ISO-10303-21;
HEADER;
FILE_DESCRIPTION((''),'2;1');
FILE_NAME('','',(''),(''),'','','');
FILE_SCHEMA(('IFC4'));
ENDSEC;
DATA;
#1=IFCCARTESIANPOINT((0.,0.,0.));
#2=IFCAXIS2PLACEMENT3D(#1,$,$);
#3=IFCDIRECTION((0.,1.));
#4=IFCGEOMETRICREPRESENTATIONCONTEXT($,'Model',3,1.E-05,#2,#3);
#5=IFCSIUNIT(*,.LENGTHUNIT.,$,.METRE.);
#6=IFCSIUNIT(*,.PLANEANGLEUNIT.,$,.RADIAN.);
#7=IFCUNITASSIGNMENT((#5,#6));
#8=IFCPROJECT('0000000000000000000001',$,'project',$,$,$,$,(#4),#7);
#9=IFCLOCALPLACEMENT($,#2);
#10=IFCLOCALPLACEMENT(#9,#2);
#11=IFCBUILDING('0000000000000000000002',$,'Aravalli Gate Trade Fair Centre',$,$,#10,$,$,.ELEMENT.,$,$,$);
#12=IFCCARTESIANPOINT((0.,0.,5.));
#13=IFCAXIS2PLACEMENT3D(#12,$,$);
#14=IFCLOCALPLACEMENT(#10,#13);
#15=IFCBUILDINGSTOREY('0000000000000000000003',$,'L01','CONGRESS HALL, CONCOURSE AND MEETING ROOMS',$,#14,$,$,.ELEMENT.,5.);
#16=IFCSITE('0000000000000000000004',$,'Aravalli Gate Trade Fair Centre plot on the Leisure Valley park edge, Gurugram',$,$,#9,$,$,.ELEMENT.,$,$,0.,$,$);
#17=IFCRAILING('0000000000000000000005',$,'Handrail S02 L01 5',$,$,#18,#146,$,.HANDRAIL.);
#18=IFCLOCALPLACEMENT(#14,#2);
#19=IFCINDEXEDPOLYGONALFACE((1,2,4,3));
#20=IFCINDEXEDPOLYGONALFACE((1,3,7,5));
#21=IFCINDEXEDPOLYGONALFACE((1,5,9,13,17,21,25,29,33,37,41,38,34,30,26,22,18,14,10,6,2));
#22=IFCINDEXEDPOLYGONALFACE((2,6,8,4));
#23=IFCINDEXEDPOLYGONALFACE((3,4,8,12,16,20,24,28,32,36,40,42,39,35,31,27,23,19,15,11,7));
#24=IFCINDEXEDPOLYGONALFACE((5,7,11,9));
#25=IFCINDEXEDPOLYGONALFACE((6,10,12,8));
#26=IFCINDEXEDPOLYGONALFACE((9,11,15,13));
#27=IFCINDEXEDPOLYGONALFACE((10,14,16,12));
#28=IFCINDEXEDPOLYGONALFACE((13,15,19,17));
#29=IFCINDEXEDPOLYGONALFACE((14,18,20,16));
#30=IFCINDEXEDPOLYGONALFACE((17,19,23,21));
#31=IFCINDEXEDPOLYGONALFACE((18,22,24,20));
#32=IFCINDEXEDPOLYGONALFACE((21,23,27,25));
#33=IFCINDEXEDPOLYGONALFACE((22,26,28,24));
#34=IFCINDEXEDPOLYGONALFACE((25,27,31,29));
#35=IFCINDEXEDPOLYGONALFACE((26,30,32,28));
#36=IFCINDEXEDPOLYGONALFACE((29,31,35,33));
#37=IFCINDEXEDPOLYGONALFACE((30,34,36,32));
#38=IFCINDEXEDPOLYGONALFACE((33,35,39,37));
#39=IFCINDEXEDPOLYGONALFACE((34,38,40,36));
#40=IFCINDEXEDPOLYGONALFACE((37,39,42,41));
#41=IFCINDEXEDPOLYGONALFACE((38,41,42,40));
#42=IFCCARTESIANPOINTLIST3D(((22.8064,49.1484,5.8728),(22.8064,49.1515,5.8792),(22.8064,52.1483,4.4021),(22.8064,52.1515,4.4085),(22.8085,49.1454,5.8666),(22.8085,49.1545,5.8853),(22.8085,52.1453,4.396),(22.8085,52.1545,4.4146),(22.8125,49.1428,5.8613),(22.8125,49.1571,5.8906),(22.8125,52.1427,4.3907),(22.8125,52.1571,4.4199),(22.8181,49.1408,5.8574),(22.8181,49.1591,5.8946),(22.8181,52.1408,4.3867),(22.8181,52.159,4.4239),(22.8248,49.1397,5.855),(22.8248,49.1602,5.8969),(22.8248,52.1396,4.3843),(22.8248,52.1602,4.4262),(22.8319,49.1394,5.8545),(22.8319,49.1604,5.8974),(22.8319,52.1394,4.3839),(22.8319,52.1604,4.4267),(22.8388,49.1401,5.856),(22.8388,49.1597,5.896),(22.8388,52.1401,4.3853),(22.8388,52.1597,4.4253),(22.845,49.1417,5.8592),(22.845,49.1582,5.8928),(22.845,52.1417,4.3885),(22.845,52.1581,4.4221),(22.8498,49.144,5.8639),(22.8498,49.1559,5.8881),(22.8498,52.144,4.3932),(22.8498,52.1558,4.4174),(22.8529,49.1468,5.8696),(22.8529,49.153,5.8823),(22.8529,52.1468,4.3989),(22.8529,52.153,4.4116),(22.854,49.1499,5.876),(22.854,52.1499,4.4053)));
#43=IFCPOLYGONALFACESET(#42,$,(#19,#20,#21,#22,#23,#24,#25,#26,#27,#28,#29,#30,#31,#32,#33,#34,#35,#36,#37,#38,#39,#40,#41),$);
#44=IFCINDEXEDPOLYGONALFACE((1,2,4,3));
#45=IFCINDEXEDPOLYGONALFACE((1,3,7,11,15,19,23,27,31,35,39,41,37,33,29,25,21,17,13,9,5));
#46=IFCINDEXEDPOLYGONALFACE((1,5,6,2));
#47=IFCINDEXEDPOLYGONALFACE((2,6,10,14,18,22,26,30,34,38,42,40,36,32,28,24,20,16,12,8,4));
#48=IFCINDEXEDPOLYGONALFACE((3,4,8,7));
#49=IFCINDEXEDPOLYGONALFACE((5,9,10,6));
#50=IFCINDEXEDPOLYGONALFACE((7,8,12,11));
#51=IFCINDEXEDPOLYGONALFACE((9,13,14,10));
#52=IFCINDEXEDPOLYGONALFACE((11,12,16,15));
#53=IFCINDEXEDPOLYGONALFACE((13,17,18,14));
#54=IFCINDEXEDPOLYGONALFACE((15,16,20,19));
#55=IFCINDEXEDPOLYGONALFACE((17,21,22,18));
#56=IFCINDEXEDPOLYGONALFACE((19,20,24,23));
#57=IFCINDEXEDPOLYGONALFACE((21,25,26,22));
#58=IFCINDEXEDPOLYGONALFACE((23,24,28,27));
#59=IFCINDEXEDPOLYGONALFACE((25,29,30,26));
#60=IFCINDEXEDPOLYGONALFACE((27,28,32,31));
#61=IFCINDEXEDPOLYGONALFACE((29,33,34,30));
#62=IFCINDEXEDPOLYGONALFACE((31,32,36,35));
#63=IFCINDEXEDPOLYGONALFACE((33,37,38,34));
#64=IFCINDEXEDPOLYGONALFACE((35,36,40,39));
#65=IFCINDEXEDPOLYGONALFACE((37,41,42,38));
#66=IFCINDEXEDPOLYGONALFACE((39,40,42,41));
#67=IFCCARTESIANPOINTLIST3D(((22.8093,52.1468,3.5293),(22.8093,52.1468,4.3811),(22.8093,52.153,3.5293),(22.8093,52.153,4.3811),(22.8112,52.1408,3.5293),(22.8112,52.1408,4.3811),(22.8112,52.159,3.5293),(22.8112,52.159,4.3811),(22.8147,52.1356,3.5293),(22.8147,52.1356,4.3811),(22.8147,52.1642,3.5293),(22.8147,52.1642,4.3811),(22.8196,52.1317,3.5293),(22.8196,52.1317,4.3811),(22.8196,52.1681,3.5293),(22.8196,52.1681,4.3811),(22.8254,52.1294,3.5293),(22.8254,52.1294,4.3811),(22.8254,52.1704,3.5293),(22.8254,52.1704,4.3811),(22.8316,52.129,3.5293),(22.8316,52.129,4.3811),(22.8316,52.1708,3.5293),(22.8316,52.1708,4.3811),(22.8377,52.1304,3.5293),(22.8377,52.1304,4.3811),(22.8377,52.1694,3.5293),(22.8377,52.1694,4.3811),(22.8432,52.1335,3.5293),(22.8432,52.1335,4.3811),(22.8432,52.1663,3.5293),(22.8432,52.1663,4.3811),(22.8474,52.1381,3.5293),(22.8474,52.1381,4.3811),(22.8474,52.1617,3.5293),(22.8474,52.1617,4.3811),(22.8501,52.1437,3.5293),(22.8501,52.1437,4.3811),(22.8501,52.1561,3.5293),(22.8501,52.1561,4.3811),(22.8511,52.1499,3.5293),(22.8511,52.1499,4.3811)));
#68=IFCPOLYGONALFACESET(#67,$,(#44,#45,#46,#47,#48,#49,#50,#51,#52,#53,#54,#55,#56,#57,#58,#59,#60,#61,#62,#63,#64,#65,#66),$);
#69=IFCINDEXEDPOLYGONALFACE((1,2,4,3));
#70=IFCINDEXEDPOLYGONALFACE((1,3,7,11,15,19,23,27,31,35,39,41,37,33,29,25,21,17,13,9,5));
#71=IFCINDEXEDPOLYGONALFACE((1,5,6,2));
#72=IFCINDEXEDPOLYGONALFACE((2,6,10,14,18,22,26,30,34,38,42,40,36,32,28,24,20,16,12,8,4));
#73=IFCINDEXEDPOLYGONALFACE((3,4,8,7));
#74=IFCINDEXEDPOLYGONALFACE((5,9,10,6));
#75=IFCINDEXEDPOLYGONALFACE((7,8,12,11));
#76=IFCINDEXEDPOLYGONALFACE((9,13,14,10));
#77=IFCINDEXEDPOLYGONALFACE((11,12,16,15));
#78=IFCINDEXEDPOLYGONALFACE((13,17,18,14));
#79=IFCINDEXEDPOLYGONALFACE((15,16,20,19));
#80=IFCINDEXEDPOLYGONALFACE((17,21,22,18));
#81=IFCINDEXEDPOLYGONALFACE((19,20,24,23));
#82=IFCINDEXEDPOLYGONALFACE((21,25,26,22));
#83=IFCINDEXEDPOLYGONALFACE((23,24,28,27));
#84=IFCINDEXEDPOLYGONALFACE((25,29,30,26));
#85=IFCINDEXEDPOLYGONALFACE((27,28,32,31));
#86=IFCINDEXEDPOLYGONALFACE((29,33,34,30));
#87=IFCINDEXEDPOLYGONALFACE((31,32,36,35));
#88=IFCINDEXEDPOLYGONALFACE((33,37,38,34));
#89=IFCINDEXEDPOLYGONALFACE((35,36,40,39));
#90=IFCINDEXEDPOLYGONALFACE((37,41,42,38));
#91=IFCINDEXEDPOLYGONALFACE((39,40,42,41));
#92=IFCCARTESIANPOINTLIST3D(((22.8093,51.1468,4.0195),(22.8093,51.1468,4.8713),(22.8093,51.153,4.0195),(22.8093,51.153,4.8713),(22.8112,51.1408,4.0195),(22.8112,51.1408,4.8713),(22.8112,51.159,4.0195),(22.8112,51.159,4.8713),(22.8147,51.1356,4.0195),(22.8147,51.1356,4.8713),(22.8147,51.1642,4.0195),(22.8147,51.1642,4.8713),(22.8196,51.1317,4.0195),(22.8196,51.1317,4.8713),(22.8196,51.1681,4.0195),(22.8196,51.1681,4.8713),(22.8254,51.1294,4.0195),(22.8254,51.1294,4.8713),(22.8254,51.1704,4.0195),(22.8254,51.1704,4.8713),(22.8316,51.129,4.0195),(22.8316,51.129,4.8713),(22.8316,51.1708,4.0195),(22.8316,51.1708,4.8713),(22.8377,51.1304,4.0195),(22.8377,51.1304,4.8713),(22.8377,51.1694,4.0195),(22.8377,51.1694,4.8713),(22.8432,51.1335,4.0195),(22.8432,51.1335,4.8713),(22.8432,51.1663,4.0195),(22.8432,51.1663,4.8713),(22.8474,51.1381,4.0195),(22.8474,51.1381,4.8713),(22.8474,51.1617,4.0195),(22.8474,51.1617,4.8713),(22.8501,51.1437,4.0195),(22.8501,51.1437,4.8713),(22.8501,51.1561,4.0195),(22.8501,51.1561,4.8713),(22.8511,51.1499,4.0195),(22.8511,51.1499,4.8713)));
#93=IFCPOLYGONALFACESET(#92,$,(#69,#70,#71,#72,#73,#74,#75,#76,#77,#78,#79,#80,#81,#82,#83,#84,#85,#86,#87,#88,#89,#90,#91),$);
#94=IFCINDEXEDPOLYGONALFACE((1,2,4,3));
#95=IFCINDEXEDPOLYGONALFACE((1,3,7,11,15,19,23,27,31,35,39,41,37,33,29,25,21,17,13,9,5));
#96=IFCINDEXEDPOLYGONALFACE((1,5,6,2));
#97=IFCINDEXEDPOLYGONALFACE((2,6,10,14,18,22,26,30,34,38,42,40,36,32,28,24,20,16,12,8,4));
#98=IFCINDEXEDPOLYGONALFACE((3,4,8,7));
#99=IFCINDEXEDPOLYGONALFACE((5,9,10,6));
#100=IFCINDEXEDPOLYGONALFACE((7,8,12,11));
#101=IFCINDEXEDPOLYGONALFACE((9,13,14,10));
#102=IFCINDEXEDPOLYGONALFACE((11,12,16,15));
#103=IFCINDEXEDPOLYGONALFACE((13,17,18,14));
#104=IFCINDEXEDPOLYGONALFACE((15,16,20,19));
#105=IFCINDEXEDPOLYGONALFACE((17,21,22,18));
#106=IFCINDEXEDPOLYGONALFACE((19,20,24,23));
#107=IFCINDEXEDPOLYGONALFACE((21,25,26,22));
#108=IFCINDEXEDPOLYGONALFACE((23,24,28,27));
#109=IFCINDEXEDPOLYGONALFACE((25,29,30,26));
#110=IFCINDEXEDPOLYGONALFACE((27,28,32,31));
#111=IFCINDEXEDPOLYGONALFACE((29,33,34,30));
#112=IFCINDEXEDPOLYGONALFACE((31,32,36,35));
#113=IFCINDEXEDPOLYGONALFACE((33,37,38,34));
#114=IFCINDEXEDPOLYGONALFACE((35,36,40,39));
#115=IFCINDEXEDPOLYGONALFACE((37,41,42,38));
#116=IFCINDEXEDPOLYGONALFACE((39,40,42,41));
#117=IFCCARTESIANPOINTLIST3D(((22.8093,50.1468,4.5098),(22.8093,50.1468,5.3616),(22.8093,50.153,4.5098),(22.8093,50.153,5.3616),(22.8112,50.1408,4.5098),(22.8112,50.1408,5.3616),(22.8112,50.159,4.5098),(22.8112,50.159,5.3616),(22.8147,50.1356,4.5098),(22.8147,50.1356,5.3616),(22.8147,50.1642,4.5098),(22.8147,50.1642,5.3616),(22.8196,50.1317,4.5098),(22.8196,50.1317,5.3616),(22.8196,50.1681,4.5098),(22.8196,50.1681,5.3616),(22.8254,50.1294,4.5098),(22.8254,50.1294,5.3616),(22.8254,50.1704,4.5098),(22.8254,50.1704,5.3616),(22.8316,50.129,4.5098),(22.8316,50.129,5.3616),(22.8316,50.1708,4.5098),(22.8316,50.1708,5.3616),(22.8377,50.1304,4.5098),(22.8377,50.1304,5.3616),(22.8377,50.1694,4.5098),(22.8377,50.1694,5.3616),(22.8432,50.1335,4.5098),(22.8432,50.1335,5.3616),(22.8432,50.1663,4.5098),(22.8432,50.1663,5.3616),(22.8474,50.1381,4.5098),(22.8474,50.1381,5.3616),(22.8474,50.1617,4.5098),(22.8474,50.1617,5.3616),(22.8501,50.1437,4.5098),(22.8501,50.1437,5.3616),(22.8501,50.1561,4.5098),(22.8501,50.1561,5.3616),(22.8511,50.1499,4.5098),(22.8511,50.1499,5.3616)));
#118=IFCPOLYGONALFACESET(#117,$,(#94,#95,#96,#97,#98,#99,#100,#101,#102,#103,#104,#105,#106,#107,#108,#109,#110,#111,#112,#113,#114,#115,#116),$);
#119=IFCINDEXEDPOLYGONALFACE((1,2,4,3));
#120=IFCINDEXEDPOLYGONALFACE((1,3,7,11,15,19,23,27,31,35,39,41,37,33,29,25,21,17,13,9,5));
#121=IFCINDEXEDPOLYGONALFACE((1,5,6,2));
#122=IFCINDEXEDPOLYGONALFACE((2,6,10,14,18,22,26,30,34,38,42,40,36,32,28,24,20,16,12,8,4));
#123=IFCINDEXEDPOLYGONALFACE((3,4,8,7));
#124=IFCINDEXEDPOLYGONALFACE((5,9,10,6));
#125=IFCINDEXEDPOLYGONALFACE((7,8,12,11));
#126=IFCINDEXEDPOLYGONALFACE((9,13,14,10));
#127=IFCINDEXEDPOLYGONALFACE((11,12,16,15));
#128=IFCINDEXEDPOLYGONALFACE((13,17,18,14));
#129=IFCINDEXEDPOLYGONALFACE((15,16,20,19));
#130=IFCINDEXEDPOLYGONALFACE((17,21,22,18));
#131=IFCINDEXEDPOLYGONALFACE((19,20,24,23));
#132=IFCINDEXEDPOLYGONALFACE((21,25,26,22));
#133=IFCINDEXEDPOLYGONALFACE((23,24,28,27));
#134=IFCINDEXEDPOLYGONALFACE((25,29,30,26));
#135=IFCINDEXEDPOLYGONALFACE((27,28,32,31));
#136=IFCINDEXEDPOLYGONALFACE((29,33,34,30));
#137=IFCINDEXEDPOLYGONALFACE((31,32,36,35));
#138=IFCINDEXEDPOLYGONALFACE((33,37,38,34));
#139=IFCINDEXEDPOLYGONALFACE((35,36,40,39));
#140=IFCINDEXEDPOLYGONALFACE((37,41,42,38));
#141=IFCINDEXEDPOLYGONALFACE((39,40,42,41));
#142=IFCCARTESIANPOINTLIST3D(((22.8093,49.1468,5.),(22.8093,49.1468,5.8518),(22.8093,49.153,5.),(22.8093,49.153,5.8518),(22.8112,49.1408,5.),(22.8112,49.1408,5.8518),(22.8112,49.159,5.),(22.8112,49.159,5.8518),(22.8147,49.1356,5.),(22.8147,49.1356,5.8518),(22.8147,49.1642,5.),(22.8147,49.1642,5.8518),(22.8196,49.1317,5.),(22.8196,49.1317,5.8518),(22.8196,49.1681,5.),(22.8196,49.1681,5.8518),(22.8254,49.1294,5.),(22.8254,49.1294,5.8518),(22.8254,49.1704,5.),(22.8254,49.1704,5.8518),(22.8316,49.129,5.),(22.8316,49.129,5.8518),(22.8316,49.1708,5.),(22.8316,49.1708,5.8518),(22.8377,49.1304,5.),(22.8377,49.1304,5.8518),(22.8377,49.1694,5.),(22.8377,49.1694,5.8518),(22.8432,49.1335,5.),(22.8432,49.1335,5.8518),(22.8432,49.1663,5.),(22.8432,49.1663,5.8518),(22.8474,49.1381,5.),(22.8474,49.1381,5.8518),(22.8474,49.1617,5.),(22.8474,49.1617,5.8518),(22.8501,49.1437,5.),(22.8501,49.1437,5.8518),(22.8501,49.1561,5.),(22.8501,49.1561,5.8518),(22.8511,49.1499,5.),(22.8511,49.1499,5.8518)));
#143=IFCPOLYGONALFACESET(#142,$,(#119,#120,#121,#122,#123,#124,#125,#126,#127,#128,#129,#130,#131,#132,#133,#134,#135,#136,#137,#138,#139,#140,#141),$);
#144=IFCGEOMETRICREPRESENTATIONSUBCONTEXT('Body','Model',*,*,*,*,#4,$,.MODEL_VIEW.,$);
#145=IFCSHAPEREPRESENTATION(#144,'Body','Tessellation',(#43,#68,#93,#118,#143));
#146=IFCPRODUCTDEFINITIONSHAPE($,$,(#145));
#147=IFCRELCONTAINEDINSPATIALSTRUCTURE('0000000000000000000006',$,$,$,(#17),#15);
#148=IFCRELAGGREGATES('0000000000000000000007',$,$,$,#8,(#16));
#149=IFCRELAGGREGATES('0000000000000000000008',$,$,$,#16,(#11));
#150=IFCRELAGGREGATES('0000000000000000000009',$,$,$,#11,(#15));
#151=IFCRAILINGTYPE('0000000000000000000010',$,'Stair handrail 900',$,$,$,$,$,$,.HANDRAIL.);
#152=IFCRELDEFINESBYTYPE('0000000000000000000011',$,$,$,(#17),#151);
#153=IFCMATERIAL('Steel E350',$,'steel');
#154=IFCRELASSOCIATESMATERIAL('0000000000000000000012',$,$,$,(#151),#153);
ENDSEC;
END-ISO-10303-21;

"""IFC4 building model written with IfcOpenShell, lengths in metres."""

from ifc_helpers import new_model, si_unit, direction, frame, origin, origin_2d, place, context, subcontext, project, spatial, circle, extrude, material, type_object, element, save


model = new_model("IFC4")

# Units and contexts
model_context = context("Model", 3, precision=1e-05, world=origin(), true_north=direction((0.0, 1.0)))
body_context = subcontext(model_context, "Body", "Model", "MODEL_VIEW")
ifc_project = project(units=[si_unit("LENGTHUNIT", "METRE"), si_unit("PLANEANGLEUNIT", "RADIAN")], contexts=[model_context])

# Site, building, storey
site_placement = place(None, origin())
site = spatial("IfcSite", under=ifc_project, at=site_placement, Name="Aravalli Gate Trade Fair Centre plot on the Leisure Valley park edge, Gurugram", CompositionType="ELEMENT", RefElevation=0.0)
building_placement = place(site_placement, origin())
building = spatial("IfcBuilding", under=site, at=building_placement, Name="Aravalli Gate Trade Fair Centre", CompositionType="ELEMENT")
storey_placement = place(building_placement, frame((0.0, 0.0, 5.0)))
storey = spatial("IfcBuildingStorey", under=building, at=storey_placement, Name="L01", Description="CONGRESS HALL, CONCOURSE AND MEETING ROOMS", CompositionType="ELEMENT", Elevation=5.0)

# Railing
ifc_material_1 = material(Name="Steel E350", Category="steel")
railing_type = type_object("IfcRailingType", Name="Stair handrail 900", PredefinedType="HANDRAIL", material=ifc_material_1)
for number, where, name in (
    (1, (22.8301, 52.1499, 3.5293), "Handrail S02 L01 5"),
):
    element("IfcRailing", number, at=place(storey_placement, frame(where)), inside=storey, type_object=railing_type, Name=name, PredefinedType="HANDRAIL", context=body_context, shape_type="SweptSolid", body=[
        extrude(circle(Radius=0.0239, at=origin_2d()), frame((0.0, 0.0, 0.876), z_axis=(0.0, -0.897907, 0.440185), x_axis=(1.0, 0.0, 0.0)), (0.0, 0.0, 1.0), 3.3411),
        extrude(circle(Radius=0.021, at=origin_2d()), origin(), (0.0, 0.0, 1.0), 0.8518),
        extrude(circle(Radius=0.021, at=origin_2d()), frame((0.0, -1.0, 0.4902)), (0.0, 0.0, 1.0), 0.8518),
        extrude(circle(Radius=0.021, at=origin_2d()), frame((0.0, -2.0, 0.9805)), (0.0, 0.0, 1.0), 0.8518),
        extrude(circle(Radius=0.021, at=origin_2d()), frame((0.0, -3.0, 1.4707)), (0.0, 0.0, 1.0), 0.8518),
    ])

save(model, "model.ifc")
